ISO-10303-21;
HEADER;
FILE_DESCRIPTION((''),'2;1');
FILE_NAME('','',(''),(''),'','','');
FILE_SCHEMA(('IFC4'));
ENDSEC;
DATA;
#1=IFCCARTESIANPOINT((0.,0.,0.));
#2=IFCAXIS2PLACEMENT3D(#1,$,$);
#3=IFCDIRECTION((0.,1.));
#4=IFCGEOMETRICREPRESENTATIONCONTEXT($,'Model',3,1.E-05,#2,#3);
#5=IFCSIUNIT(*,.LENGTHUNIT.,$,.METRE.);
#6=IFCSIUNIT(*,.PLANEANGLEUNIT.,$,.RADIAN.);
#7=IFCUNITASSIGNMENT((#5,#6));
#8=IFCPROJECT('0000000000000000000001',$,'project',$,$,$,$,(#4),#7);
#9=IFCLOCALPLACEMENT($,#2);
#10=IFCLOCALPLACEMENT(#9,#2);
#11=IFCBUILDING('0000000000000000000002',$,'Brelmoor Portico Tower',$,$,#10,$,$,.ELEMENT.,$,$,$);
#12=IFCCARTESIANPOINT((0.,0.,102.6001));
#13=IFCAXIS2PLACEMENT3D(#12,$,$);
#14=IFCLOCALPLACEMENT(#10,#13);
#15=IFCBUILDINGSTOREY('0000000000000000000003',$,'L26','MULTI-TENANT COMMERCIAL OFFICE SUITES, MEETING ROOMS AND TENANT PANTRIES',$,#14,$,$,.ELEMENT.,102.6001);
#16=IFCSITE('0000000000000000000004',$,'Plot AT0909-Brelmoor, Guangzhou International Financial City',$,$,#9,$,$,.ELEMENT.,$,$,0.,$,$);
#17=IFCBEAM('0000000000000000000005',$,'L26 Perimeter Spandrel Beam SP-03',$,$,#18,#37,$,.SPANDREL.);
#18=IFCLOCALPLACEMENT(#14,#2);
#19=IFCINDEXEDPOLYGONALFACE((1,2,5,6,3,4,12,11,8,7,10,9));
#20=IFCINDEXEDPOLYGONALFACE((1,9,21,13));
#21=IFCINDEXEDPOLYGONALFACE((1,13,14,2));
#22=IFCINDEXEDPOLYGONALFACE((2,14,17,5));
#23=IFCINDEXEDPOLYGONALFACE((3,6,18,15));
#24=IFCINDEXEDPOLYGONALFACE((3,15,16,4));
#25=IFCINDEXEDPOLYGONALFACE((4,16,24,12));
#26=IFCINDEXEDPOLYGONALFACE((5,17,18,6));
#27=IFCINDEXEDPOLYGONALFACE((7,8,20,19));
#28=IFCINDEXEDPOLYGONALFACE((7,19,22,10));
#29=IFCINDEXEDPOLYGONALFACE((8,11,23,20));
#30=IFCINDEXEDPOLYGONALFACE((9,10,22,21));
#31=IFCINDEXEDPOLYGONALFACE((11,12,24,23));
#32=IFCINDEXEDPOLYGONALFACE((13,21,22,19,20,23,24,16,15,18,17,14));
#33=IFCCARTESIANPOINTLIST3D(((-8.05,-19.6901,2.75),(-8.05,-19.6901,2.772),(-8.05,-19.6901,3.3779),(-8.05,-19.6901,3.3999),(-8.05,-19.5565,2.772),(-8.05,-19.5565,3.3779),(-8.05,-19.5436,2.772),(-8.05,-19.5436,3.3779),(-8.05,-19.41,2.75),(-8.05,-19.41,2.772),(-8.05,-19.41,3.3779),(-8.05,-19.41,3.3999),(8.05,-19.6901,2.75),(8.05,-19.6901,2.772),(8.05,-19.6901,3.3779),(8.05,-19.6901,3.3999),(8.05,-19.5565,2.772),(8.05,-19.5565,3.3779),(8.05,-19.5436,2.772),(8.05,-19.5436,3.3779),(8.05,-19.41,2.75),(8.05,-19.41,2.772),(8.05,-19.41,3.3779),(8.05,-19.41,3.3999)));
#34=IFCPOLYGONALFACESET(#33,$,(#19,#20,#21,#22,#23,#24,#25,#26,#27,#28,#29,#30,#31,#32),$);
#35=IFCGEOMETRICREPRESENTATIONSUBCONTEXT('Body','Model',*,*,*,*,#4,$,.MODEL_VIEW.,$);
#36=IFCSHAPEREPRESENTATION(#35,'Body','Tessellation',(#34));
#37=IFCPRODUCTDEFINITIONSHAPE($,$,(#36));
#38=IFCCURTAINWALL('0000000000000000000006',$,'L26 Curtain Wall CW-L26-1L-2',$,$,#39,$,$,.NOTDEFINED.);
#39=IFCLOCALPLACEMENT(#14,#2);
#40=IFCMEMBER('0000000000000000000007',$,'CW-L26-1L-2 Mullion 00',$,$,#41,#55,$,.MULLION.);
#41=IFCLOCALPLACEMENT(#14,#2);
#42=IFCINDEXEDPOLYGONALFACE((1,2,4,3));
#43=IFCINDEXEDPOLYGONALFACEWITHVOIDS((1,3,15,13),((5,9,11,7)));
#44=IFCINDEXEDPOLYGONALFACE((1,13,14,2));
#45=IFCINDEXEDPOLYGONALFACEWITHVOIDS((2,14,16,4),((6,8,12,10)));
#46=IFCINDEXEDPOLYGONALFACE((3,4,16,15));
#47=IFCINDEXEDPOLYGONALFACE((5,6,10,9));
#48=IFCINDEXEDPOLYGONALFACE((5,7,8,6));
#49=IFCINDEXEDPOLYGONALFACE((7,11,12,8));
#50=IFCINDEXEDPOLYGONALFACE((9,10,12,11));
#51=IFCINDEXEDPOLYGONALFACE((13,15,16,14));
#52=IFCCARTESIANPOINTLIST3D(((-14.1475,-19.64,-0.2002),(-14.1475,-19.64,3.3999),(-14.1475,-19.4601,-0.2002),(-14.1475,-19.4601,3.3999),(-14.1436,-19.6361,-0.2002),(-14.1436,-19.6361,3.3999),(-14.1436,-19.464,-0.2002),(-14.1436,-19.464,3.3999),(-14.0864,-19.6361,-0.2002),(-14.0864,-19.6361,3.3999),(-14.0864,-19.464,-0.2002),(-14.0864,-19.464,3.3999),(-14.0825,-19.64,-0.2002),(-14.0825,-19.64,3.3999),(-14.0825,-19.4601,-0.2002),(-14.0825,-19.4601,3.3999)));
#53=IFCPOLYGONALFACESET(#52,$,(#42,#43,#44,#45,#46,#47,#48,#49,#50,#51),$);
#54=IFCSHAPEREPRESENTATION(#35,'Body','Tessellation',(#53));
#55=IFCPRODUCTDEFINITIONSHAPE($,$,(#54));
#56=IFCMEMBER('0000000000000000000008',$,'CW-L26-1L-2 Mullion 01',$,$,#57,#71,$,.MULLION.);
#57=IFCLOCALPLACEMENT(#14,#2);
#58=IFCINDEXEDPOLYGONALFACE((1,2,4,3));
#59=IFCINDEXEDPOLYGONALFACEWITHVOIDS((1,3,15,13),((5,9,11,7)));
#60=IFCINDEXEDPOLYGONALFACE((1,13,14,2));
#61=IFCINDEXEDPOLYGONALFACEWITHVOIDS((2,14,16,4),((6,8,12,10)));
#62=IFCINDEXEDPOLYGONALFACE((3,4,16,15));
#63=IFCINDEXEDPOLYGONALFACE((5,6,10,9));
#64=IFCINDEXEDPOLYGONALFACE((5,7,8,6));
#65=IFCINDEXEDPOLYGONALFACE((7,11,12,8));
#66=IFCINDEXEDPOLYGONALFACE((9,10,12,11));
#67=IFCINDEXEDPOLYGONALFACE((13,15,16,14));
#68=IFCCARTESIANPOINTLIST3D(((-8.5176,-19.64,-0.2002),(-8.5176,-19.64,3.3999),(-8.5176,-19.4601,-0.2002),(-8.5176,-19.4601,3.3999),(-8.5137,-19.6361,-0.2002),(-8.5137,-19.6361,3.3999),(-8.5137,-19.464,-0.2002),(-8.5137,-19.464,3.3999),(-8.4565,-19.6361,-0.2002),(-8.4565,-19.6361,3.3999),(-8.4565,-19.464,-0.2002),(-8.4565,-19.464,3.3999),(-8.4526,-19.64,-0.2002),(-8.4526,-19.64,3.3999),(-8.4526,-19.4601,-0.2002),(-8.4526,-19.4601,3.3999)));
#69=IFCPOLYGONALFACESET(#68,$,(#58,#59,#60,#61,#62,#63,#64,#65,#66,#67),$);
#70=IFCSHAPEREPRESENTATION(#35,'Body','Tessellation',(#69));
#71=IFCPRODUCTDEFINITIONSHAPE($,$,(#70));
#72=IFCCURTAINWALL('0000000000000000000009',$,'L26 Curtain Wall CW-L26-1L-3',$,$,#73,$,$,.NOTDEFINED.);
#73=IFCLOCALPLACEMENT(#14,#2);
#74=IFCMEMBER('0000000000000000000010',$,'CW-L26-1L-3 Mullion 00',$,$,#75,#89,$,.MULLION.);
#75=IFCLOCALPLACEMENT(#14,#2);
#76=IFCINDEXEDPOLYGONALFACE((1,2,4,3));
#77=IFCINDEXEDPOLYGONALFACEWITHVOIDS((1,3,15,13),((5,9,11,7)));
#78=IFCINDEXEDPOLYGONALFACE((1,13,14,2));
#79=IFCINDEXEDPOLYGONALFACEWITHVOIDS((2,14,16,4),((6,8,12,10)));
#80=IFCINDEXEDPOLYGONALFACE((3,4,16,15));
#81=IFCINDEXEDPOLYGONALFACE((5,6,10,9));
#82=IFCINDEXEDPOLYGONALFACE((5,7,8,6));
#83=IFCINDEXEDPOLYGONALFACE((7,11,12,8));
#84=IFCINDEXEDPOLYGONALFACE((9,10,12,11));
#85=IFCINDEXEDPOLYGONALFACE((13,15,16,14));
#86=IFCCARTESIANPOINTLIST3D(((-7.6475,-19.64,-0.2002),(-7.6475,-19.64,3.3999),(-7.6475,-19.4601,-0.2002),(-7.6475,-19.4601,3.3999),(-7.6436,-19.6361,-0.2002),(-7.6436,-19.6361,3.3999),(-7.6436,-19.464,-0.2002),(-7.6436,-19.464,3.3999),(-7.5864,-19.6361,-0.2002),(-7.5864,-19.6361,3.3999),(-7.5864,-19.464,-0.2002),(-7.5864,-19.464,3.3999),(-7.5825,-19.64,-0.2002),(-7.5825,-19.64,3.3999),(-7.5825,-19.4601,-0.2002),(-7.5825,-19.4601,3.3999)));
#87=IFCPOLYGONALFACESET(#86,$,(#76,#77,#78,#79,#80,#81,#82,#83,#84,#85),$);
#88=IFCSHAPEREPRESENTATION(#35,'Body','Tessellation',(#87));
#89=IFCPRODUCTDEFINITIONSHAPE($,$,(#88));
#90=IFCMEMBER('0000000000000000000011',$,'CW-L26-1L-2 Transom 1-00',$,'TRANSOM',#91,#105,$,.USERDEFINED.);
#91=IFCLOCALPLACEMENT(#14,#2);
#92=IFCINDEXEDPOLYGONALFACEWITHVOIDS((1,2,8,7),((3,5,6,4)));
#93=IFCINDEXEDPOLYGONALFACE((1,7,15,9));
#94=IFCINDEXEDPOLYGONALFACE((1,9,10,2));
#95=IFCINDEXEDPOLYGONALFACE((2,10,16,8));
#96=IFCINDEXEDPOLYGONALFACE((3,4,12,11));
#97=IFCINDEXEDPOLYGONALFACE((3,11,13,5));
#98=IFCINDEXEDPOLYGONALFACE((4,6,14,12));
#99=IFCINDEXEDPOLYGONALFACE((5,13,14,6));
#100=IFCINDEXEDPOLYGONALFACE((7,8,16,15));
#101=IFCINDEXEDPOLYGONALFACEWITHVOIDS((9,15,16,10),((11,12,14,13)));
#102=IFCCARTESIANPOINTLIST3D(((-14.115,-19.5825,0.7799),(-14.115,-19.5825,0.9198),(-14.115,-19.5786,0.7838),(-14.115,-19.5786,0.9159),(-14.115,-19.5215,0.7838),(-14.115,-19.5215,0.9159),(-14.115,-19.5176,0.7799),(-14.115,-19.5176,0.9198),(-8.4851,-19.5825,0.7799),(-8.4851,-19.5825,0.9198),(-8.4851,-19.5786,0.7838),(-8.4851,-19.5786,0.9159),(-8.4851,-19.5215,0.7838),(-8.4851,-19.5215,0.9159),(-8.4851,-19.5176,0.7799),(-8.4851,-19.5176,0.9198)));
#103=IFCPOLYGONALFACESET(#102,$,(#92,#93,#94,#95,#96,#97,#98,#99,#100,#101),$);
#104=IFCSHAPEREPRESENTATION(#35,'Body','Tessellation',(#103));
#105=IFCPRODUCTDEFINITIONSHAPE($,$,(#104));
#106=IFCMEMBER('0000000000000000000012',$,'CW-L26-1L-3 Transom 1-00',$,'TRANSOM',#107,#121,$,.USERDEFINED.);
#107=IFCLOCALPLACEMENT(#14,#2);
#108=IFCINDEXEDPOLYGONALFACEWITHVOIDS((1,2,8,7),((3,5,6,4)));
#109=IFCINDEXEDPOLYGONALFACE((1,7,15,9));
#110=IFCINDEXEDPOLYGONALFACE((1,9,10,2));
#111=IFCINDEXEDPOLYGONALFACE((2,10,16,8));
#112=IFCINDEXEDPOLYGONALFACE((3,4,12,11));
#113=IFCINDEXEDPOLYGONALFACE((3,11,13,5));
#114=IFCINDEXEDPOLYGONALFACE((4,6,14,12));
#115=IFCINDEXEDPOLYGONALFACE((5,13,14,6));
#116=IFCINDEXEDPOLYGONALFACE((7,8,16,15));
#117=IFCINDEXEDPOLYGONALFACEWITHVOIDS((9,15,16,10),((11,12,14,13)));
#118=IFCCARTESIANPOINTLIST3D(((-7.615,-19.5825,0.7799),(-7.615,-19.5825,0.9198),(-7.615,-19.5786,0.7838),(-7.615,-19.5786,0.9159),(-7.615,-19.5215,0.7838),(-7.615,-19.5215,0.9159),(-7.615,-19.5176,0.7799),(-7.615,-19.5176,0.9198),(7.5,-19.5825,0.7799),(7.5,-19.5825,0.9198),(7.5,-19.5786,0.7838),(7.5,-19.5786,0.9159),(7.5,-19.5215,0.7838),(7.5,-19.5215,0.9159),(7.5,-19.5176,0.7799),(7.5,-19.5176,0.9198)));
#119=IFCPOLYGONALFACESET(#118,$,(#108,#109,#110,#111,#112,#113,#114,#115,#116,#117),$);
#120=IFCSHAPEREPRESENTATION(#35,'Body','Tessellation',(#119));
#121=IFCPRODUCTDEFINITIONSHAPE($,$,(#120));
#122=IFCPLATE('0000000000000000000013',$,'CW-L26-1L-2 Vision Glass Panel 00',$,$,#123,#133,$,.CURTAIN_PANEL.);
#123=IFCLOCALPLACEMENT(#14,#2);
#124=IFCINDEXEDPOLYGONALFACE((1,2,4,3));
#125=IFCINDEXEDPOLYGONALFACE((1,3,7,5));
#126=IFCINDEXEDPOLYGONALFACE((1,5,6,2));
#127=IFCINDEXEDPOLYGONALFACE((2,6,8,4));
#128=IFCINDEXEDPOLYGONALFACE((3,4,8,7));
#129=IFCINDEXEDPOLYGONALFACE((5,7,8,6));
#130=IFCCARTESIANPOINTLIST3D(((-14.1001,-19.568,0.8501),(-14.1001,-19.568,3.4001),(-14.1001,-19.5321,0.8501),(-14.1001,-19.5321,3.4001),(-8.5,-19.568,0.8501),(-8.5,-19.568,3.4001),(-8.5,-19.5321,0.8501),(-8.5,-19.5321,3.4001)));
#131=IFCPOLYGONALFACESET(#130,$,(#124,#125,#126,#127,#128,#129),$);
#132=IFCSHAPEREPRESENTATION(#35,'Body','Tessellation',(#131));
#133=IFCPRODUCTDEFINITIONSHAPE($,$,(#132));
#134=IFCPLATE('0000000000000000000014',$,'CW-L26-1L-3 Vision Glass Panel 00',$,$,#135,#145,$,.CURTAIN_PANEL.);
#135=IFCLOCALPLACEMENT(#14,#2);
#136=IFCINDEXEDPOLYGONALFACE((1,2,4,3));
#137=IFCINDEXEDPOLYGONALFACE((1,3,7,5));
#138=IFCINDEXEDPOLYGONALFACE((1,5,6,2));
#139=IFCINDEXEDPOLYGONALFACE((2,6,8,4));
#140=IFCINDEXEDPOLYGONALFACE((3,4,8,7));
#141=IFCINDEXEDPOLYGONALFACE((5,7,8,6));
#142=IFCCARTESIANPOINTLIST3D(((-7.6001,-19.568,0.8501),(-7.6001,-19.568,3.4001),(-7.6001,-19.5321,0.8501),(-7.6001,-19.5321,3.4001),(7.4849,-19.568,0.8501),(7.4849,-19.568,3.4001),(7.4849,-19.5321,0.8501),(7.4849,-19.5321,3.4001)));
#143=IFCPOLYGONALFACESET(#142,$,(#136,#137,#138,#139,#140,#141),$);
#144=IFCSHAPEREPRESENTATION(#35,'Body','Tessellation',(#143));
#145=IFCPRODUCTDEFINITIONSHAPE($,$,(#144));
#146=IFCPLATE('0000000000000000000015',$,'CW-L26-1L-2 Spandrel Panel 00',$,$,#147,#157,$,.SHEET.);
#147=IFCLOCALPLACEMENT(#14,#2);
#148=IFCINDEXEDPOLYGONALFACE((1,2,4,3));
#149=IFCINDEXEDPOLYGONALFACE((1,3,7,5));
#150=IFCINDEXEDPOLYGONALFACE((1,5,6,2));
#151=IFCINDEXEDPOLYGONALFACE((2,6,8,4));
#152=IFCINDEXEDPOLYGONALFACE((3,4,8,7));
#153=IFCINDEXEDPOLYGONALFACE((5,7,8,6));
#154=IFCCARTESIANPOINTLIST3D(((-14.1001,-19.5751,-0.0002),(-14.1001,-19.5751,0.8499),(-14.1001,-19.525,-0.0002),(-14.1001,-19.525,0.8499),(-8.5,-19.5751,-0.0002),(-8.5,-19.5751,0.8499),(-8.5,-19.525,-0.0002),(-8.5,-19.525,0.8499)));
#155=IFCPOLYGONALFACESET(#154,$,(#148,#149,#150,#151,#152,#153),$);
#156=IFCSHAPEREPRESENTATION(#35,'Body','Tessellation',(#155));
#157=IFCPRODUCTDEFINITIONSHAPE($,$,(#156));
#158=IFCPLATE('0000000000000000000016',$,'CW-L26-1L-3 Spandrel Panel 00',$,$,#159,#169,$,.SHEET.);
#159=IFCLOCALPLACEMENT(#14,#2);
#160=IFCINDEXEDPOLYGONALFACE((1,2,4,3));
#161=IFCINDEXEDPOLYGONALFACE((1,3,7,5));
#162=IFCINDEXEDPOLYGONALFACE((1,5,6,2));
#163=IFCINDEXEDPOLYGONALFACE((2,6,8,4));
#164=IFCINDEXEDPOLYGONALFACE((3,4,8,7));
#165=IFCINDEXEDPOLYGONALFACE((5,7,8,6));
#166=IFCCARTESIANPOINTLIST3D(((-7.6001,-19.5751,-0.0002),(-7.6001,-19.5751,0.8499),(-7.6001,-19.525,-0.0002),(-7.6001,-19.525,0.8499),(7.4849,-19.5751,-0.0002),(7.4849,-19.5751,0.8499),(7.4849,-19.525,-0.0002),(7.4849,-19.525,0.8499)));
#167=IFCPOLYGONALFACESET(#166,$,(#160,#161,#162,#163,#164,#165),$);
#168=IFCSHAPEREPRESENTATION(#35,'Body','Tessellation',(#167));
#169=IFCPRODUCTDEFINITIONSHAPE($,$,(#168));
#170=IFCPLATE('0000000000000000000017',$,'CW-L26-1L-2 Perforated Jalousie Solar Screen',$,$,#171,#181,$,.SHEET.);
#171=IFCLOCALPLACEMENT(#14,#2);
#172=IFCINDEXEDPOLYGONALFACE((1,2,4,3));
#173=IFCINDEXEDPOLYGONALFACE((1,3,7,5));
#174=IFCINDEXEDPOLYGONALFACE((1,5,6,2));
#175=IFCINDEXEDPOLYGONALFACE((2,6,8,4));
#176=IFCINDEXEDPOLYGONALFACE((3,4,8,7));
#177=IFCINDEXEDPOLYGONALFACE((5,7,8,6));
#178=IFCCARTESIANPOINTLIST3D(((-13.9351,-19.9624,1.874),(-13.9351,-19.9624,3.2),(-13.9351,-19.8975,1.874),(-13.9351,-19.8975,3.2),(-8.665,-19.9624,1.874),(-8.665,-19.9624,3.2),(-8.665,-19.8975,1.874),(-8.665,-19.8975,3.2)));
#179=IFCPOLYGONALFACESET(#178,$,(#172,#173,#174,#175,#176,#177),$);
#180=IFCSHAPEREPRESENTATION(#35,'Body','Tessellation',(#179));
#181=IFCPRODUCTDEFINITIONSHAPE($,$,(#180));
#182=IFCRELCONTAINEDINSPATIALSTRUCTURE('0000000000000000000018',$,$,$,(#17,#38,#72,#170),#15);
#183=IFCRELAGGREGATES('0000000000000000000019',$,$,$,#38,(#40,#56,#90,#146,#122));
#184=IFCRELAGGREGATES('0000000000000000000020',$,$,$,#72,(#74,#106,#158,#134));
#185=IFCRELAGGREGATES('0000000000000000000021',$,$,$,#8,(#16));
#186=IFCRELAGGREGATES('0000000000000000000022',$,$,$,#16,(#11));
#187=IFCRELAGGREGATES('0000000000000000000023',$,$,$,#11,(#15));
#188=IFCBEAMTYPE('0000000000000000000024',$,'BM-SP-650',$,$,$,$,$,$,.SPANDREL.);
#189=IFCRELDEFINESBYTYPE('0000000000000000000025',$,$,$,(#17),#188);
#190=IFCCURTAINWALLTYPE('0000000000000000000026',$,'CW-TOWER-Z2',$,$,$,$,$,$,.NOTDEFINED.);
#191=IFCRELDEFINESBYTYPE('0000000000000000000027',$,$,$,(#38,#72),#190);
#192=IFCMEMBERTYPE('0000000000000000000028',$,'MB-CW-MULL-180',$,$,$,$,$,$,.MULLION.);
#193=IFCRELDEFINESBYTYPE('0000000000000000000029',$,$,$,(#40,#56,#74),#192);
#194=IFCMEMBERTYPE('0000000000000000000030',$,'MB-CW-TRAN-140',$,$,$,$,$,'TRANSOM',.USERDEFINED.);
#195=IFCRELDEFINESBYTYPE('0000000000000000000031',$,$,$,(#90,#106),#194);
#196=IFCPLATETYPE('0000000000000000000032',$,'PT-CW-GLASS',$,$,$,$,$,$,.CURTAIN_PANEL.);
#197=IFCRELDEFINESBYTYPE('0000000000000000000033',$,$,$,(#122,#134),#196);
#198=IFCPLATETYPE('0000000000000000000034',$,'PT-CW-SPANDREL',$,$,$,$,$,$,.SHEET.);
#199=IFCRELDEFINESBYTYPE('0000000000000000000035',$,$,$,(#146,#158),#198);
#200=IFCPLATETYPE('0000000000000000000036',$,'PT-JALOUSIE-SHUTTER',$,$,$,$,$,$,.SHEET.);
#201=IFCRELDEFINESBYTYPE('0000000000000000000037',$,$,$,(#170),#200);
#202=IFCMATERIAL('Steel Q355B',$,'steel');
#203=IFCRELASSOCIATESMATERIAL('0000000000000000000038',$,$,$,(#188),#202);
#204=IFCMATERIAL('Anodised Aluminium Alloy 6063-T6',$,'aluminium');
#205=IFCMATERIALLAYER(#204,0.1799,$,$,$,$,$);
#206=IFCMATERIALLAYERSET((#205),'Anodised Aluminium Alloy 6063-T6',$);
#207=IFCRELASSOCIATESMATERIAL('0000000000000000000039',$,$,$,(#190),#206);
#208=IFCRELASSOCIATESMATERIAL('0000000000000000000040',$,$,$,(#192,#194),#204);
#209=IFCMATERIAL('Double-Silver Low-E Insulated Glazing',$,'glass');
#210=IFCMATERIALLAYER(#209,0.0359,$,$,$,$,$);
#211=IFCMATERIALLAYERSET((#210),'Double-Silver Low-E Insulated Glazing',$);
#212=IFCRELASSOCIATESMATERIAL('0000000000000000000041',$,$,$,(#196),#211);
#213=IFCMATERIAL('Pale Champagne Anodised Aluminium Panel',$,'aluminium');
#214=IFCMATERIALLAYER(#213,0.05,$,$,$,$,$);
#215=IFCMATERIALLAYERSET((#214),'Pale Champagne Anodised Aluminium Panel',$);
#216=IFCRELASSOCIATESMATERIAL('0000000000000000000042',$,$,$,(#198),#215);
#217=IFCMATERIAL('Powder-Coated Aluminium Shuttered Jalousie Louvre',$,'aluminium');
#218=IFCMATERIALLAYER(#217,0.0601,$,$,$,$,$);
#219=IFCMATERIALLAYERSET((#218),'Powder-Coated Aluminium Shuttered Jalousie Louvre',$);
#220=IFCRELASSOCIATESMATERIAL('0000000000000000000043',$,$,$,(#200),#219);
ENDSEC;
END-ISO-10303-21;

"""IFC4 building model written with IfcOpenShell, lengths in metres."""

from ifc_helpers import new_model, si_unit, direction, frame, origin, origin_2d, place, context, subcontext, project, spatial, rectangle, hollow_rectangle, i_section, extrude, material, layer, layer_set, material_profile, profile_set, type_object, element, aggregate, save


model = new_model("IFC4")

# Units and contexts
model_context = context("Model", 3, precision=1e-05, world=origin(), true_north=direction((0.0, 1.0)))
body_context = subcontext(model_context, "Body", "Model", "MODEL_VIEW")
ifc_project = project(units=[si_unit("LENGTHUNIT", "METRE"), si_unit("PLANEANGLEUNIT", "RADIAN")], contexts=[model_context])

# Site, building, storey
site_placement = place(None, origin())
site = spatial("IfcSite", under=ifc_project, at=site_placement, Name="Plot AT0909-Brelmoor, Guangzhou International Financial City", CompositionType="ELEMENT", RefElevation=0.0)
building_placement = place(site_placement, origin())
building = spatial("IfcBuilding", under=site, at=building_placement, Name="Brelmoor Portico Tower", CompositionType="ELEMENT")
storey_placement = place(building_placement, frame((0.0, 0.0, 102.6001)))
storey = spatial("IfcBuildingStorey", under=building, at=storey_placement, Name="L26", Description="MULTI-TENANT COMMERCIAL OFFICE SUITES, MEETING ROOMS AND TENANT PANTRIES", CompositionType="ELEMENT", Elevation=102.6001)

# Shared definitions
ifc_material_1 = material(Name="Steel Q355B", Category="steel")

# Beam
ifc_material_profile_1 = material_profile(ifc_material_1, i_section(OverallWidth=0.28, OverallDepth=0.6499, WebThickness=0.0129, FlangeThickness=0.022, at=origin_2d()), Name="HN 650x280x13x22")
ifc_profile_set_1 = profile_set([ifc_material_profile_1], Name="Steel Q355B")
beam_type_1 = type_object("IfcBeamType", Name="BM-SP-650", PredefinedType="SPANDREL", material=ifc_profile_set_1)
beam_1_placement = place(storey_placement, frame((-8.05, -19.55, 3.075), z_axis=(1.0, 0.0, 0.0), x_axis=(0.0, 1.0, 0.0)))
element("IfcBeam", 1, at=beam_1_placement, inside=storey, type_object=beam_type_1, Name="L26 Perimeter Spandrel Beam SP-03", PredefinedType="SPANDREL", context=body_context, shape_type="SweptSolid", body=[
    extrude(i_section(OverallWidth=0.28, OverallDepth=0.6499, WebThickness=0.0129, FlangeThickness=0.022, at=origin_2d()), origin(), (0.0, 0.0, 1.0), 16.1001),
])

# Curtain wall, members
ifc_material_2 = material(Name="Anodised Aluminium Alloy 6063-T6", Category="aluminium")
ifc_layer_1 = layer(ifc_material_2, 0.1799)
ifc_layer_set_1 = layer_set([ifc_layer_1], Name="Anodised Aluminium Alloy 6063-T6")
curtain_wall_type = type_object("IfcCurtainWallType", Name="CW-TOWER-Z2", PredefinedType="NOTDEFINED", material=ifc_layer_set_1)
curtain_wall_1_placement = place(storey_placement, origin())
curtain_wall_1 = element("IfcCurtainWall", 2, at=curtain_wall_1_placement, inside=storey, type_object=curtain_wall_type, Name="L26 Curtain Wall CW-L26-1L-2", PredefinedType="NOTDEFINED")
ifc_material_profile_2 = material_profile(ifc_material_2, hollow_rectangle(XDim=0.0649, YDim=0.1799, WallThickness=0.0039, at=origin_2d()), Name="ALU MULLION 65x180")
ifc_profile_set_2 = profile_set([ifc_material_profile_2], Name="Anodised Aluminium Alloy 6063-T6")
member_type_1 = type_object("IfcMemberType", Name="MB-CW-MULL-180", PredefinedType="MULLION", material=ifc_profile_set_2)
member_1_placement = place(storey_placement, frame((-14.115, -19.55, -0.2002), z_axis=(0.0, 0.0, 1.0), x_axis=(1.0, 0.0, 0.0)))
member_1 = element("IfcMember", 3, at=member_1_placement, type_object=member_type_1, Name="CW-L26-1L-2 Mullion 00", PredefinedType="MULLION", context=body_context, shape_type="SweptSolid", body=[
    extrude(hollow_rectangle(XDim=0.0649, YDim=0.1799, WallThickness=0.0039, at=origin_2d()), origin(), (0.0, 0.0, 1.0), 3.6001),
])
member_2_placement = place(storey_placement, frame((-8.4851, -19.55, -0.2002), z_axis=(0.0, 0.0, 1.0), x_axis=(1.0, 0.0, 0.0)))
member_2 = element("IfcMember", 4, at=member_2_placement, type_object=member_type_1, Name="CW-L26-1L-2 Mullion 01", PredefinedType="MULLION", context=body_context, shape_type="SweptSolid", body=[
    extrude(hollow_rectangle(XDim=0.0649, YDim=0.1799, WallThickness=0.0039, at=origin_2d()), origin(), (0.0, 0.0, 1.0), 3.6001),
])

# Curtain wall, member
curtain_wall_2_placement = place(storey_placement, origin())
curtain_wall_2 = element("IfcCurtainWall", 5, at=curtain_wall_2_placement, inside=storey, type_object=curtain_wall_type, Name="L26 Curtain Wall CW-L26-1L-3", PredefinedType="NOTDEFINED")
member_3_placement = place(storey_placement, frame((-7.615, -19.55, -0.2002), z_axis=(0.0, 0.0, 1.0), x_axis=(1.0, 0.0, 0.0)))
member_3 = element("IfcMember", 6, at=member_3_placement, type_object=member_type_1, Name="CW-L26-1L-3 Mullion 00", PredefinedType="MULLION", context=body_context, shape_type="SweptSolid", body=[
    extrude(hollow_rectangle(XDim=0.0649, YDim=0.1799, WallThickness=0.0039, at=origin_2d()), origin(), (0.0, 0.0, 1.0), 3.6001),
])

# Members
ifc_material_profile_3 = material_profile(ifc_material_2, hollow_rectangle(XDim=0.0649, YDim=0.1399, WallThickness=0.0039, at=origin_2d()), Name="ALU TRANSOM 65x140")
ifc_profile_set_3 = profile_set([ifc_material_profile_3], Name="Anodised Aluminium Alloy 6063-T6")
member_type_2 = type_object("IfcMemberType", Name="MB-CW-TRAN-140", ElementType="TRANSOM", PredefinedType="USERDEFINED", material=ifc_profile_set_3)
member_4_placement = place(storey_placement, frame((-14.115, -19.55, 0.8499), z_axis=(1.0, 0.0, 0.0), x_axis=(0.0, 1.0, 0.0)))
member_4 = element("IfcMember", 7, at=member_4_placement, type_object=member_type_2, Name="CW-L26-1L-2 Transom 1-00", ObjectType="TRANSOM", PredefinedType="USERDEFINED", context=body_context, shape_type="SweptSolid", body=[
    extrude(hollow_rectangle(XDim=0.0649, YDim=0.1399, WallThickness=0.0039, at=origin_2d()), origin(), (0.0, 0.0, 1.0), 5.6299),
])
member_5_placement = place(storey_placement, frame((-7.615, -19.55, 0.8499), z_axis=(1.0, 0.0, 0.0), x_axis=(0.0, 1.0, 0.0)))
member_5 = element("IfcMember", 8, at=member_5_placement, type_object=member_type_2, Name="CW-L26-1L-3 Transom 1-00", ObjectType="TRANSOM", PredefinedType="USERDEFINED", context=body_context, shape_type="SweptSolid", body=[
    extrude(hollow_rectangle(XDim=0.0649, YDim=0.1399, WallThickness=0.0039, at=origin_2d()), origin(), (0.0, 0.0, 1.0), 15.115),
])

# Plates
ifc_material_3 = material(Name="Double-Silver Low-E Insulated Glazing", Category="glass")
ifc_layer_2 = layer(ifc_material_3, 0.0359)
ifc_layer_set_2 = layer_set([ifc_layer_2], Name="Double-Silver Low-E Insulated Glazing")
plate_type_1 = type_object("IfcPlateType", Name="PT-CW-GLASS", PredefinedType="CURTAIN_PANEL", material=ifc_layer_set_2)
plate_1_placement = place(storey_placement, frame((-11.3, -19.55, 0.8501), z_axis=(0.0, 0.0, 1.0), x_axis=(1.0, 0.0, 0.0)))
plate_1 = element("IfcPlate", 9, at=plate_1_placement, type_object=plate_type_1, Name="CW-L26-1L-2 Vision Glass Panel 00", PredefinedType="CURTAIN_PANEL", context=body_context, shape_type="SweptSolid", body=[
    extrude(rectangle(XDim=5.6001, YDim=0.0359, at=origin_2d()), origin(), (0.0, 0.0, 1.0), 2.55),
])
plate_2_placement = place(storey_placement, frame((-0.0576, -19.55, 0.8501), z_axis=(0.0, 0.0, 1.0), x_axis=(1.0, 0.0, 0.0)))
plate_2 = element("IfcPlate", 10, at=plate_2_placement, type_object=plate_type_1, Name="CW-L26-1L-3 Vision Glass Panel 00", PredefinedType="CURTAIN_PANEL", context=body_context, shape_type="SweptSolid", body=[
    extrude(rectangle(XDim=15.085, YDim=0.0359, at=origin_2d()), origin(), (0.0, 0.0, 1.0), 2.55),
])
ifc_material_4 = material(Name="Pale Champagne Anodised Aluminium Panel", Category="aluminium")
ifc_layer_3 = layer(ifc_material_4, 0.05)
ifc_layer_set_3 = layer_set([ifc_layer_3], Name="Pale Champagne Anodised Aluminium Panel")
plate_type_2 = type_object("IfcPlateType", Name="PT-CW-SPANDREL", PredefinedType="SHEET", material=ifc_layer_set_3)
plate_3_placement = place(storey_placement, frame((-11.3, -19.55, -0.0002), z_axis=(0.0, 0.0, 1.0), x_axis=(1.0, 0.0, 0.0)))
plate_3 = element("IfcPlate", 11, at=plate_3_placement, type_object=plate_type_2, Name="CW-L26-1L-2 Spandrel Panel 00", PredefinedType="SHEET", context=body_context, shape_type="SweptSolid", body=[
    extrude(rectangle(XDim=5.6001, YDim=0.05, at=origin_2d()), origin(), (0.0, 0.0, 1.0), 0.8501),
])
aggregate(curtain_wall_1, [member_1, member_2, member_4, plate_3, plate_1])
plate_4_placement = place(storey_placement, frame((-0.0576, -19.55, -0.0002), z_axis=(0.0, 0.0, 1.0), x_axis=(1.0, 0.0, 0.0)))
plate_4 = element("IfcPlate", 12, at=plate_4_placement, type_object=plate_type_2, Name="CW-L26-1L-3 Spandrel Panel 00", PredefinedType="SHEET", context=body_context, shape_type="SweptSolid", body=[
    extrude(rectangle(XDim=15.085, YDim=0.05, at=origin_2d()), origin(), (0.0, 0.0, 1.0), 0.8501),
])
aggregate(curtain_wall_2, [member_3, member_5, plate_4, plate_2])

# Plate
ifc_material_5 = material(Name="Powder-Coated Aluminium Shuttered Jalousie Louvre", Category="aluminium")
ifc_layer_4 = layer(ifc_material_5, 0.0601)
ifc_layer_set_4 = layer_set([ifc_layer_4], Name="Powder-Coated Aluminium Shuttered Jalousie Louvre")
plate_type_3 = type_object("IfcPlateType", Name="PT-JALOUSIE-SHUTTER", PredefinedType="SHEET", material=ifc_layer_set_4)
plate_5_placement = place(storey_placement, frame((-11.3, -19.9299, 1.874), z_axis=(0.0, 0.0, 1.0), x_axis=(1.0, 0.0, 0.0)))
element("IfcPlate", 13, at=plate_5_placement, inside=storey, type_object=plate_type_3, Name="CW-L26-1L-2 Perforated Jalousie Solar Screen", PredefinedType="SHEET", context=body_context, shape_type="SweptSolid", body=[
    extrude(rectangle(XDim=5.27, YDim=0.0649, at=origin_2d()), origin(), (0.0, 0.0, 1.0), 1.3259),
])

save(model, "model.ifc")
